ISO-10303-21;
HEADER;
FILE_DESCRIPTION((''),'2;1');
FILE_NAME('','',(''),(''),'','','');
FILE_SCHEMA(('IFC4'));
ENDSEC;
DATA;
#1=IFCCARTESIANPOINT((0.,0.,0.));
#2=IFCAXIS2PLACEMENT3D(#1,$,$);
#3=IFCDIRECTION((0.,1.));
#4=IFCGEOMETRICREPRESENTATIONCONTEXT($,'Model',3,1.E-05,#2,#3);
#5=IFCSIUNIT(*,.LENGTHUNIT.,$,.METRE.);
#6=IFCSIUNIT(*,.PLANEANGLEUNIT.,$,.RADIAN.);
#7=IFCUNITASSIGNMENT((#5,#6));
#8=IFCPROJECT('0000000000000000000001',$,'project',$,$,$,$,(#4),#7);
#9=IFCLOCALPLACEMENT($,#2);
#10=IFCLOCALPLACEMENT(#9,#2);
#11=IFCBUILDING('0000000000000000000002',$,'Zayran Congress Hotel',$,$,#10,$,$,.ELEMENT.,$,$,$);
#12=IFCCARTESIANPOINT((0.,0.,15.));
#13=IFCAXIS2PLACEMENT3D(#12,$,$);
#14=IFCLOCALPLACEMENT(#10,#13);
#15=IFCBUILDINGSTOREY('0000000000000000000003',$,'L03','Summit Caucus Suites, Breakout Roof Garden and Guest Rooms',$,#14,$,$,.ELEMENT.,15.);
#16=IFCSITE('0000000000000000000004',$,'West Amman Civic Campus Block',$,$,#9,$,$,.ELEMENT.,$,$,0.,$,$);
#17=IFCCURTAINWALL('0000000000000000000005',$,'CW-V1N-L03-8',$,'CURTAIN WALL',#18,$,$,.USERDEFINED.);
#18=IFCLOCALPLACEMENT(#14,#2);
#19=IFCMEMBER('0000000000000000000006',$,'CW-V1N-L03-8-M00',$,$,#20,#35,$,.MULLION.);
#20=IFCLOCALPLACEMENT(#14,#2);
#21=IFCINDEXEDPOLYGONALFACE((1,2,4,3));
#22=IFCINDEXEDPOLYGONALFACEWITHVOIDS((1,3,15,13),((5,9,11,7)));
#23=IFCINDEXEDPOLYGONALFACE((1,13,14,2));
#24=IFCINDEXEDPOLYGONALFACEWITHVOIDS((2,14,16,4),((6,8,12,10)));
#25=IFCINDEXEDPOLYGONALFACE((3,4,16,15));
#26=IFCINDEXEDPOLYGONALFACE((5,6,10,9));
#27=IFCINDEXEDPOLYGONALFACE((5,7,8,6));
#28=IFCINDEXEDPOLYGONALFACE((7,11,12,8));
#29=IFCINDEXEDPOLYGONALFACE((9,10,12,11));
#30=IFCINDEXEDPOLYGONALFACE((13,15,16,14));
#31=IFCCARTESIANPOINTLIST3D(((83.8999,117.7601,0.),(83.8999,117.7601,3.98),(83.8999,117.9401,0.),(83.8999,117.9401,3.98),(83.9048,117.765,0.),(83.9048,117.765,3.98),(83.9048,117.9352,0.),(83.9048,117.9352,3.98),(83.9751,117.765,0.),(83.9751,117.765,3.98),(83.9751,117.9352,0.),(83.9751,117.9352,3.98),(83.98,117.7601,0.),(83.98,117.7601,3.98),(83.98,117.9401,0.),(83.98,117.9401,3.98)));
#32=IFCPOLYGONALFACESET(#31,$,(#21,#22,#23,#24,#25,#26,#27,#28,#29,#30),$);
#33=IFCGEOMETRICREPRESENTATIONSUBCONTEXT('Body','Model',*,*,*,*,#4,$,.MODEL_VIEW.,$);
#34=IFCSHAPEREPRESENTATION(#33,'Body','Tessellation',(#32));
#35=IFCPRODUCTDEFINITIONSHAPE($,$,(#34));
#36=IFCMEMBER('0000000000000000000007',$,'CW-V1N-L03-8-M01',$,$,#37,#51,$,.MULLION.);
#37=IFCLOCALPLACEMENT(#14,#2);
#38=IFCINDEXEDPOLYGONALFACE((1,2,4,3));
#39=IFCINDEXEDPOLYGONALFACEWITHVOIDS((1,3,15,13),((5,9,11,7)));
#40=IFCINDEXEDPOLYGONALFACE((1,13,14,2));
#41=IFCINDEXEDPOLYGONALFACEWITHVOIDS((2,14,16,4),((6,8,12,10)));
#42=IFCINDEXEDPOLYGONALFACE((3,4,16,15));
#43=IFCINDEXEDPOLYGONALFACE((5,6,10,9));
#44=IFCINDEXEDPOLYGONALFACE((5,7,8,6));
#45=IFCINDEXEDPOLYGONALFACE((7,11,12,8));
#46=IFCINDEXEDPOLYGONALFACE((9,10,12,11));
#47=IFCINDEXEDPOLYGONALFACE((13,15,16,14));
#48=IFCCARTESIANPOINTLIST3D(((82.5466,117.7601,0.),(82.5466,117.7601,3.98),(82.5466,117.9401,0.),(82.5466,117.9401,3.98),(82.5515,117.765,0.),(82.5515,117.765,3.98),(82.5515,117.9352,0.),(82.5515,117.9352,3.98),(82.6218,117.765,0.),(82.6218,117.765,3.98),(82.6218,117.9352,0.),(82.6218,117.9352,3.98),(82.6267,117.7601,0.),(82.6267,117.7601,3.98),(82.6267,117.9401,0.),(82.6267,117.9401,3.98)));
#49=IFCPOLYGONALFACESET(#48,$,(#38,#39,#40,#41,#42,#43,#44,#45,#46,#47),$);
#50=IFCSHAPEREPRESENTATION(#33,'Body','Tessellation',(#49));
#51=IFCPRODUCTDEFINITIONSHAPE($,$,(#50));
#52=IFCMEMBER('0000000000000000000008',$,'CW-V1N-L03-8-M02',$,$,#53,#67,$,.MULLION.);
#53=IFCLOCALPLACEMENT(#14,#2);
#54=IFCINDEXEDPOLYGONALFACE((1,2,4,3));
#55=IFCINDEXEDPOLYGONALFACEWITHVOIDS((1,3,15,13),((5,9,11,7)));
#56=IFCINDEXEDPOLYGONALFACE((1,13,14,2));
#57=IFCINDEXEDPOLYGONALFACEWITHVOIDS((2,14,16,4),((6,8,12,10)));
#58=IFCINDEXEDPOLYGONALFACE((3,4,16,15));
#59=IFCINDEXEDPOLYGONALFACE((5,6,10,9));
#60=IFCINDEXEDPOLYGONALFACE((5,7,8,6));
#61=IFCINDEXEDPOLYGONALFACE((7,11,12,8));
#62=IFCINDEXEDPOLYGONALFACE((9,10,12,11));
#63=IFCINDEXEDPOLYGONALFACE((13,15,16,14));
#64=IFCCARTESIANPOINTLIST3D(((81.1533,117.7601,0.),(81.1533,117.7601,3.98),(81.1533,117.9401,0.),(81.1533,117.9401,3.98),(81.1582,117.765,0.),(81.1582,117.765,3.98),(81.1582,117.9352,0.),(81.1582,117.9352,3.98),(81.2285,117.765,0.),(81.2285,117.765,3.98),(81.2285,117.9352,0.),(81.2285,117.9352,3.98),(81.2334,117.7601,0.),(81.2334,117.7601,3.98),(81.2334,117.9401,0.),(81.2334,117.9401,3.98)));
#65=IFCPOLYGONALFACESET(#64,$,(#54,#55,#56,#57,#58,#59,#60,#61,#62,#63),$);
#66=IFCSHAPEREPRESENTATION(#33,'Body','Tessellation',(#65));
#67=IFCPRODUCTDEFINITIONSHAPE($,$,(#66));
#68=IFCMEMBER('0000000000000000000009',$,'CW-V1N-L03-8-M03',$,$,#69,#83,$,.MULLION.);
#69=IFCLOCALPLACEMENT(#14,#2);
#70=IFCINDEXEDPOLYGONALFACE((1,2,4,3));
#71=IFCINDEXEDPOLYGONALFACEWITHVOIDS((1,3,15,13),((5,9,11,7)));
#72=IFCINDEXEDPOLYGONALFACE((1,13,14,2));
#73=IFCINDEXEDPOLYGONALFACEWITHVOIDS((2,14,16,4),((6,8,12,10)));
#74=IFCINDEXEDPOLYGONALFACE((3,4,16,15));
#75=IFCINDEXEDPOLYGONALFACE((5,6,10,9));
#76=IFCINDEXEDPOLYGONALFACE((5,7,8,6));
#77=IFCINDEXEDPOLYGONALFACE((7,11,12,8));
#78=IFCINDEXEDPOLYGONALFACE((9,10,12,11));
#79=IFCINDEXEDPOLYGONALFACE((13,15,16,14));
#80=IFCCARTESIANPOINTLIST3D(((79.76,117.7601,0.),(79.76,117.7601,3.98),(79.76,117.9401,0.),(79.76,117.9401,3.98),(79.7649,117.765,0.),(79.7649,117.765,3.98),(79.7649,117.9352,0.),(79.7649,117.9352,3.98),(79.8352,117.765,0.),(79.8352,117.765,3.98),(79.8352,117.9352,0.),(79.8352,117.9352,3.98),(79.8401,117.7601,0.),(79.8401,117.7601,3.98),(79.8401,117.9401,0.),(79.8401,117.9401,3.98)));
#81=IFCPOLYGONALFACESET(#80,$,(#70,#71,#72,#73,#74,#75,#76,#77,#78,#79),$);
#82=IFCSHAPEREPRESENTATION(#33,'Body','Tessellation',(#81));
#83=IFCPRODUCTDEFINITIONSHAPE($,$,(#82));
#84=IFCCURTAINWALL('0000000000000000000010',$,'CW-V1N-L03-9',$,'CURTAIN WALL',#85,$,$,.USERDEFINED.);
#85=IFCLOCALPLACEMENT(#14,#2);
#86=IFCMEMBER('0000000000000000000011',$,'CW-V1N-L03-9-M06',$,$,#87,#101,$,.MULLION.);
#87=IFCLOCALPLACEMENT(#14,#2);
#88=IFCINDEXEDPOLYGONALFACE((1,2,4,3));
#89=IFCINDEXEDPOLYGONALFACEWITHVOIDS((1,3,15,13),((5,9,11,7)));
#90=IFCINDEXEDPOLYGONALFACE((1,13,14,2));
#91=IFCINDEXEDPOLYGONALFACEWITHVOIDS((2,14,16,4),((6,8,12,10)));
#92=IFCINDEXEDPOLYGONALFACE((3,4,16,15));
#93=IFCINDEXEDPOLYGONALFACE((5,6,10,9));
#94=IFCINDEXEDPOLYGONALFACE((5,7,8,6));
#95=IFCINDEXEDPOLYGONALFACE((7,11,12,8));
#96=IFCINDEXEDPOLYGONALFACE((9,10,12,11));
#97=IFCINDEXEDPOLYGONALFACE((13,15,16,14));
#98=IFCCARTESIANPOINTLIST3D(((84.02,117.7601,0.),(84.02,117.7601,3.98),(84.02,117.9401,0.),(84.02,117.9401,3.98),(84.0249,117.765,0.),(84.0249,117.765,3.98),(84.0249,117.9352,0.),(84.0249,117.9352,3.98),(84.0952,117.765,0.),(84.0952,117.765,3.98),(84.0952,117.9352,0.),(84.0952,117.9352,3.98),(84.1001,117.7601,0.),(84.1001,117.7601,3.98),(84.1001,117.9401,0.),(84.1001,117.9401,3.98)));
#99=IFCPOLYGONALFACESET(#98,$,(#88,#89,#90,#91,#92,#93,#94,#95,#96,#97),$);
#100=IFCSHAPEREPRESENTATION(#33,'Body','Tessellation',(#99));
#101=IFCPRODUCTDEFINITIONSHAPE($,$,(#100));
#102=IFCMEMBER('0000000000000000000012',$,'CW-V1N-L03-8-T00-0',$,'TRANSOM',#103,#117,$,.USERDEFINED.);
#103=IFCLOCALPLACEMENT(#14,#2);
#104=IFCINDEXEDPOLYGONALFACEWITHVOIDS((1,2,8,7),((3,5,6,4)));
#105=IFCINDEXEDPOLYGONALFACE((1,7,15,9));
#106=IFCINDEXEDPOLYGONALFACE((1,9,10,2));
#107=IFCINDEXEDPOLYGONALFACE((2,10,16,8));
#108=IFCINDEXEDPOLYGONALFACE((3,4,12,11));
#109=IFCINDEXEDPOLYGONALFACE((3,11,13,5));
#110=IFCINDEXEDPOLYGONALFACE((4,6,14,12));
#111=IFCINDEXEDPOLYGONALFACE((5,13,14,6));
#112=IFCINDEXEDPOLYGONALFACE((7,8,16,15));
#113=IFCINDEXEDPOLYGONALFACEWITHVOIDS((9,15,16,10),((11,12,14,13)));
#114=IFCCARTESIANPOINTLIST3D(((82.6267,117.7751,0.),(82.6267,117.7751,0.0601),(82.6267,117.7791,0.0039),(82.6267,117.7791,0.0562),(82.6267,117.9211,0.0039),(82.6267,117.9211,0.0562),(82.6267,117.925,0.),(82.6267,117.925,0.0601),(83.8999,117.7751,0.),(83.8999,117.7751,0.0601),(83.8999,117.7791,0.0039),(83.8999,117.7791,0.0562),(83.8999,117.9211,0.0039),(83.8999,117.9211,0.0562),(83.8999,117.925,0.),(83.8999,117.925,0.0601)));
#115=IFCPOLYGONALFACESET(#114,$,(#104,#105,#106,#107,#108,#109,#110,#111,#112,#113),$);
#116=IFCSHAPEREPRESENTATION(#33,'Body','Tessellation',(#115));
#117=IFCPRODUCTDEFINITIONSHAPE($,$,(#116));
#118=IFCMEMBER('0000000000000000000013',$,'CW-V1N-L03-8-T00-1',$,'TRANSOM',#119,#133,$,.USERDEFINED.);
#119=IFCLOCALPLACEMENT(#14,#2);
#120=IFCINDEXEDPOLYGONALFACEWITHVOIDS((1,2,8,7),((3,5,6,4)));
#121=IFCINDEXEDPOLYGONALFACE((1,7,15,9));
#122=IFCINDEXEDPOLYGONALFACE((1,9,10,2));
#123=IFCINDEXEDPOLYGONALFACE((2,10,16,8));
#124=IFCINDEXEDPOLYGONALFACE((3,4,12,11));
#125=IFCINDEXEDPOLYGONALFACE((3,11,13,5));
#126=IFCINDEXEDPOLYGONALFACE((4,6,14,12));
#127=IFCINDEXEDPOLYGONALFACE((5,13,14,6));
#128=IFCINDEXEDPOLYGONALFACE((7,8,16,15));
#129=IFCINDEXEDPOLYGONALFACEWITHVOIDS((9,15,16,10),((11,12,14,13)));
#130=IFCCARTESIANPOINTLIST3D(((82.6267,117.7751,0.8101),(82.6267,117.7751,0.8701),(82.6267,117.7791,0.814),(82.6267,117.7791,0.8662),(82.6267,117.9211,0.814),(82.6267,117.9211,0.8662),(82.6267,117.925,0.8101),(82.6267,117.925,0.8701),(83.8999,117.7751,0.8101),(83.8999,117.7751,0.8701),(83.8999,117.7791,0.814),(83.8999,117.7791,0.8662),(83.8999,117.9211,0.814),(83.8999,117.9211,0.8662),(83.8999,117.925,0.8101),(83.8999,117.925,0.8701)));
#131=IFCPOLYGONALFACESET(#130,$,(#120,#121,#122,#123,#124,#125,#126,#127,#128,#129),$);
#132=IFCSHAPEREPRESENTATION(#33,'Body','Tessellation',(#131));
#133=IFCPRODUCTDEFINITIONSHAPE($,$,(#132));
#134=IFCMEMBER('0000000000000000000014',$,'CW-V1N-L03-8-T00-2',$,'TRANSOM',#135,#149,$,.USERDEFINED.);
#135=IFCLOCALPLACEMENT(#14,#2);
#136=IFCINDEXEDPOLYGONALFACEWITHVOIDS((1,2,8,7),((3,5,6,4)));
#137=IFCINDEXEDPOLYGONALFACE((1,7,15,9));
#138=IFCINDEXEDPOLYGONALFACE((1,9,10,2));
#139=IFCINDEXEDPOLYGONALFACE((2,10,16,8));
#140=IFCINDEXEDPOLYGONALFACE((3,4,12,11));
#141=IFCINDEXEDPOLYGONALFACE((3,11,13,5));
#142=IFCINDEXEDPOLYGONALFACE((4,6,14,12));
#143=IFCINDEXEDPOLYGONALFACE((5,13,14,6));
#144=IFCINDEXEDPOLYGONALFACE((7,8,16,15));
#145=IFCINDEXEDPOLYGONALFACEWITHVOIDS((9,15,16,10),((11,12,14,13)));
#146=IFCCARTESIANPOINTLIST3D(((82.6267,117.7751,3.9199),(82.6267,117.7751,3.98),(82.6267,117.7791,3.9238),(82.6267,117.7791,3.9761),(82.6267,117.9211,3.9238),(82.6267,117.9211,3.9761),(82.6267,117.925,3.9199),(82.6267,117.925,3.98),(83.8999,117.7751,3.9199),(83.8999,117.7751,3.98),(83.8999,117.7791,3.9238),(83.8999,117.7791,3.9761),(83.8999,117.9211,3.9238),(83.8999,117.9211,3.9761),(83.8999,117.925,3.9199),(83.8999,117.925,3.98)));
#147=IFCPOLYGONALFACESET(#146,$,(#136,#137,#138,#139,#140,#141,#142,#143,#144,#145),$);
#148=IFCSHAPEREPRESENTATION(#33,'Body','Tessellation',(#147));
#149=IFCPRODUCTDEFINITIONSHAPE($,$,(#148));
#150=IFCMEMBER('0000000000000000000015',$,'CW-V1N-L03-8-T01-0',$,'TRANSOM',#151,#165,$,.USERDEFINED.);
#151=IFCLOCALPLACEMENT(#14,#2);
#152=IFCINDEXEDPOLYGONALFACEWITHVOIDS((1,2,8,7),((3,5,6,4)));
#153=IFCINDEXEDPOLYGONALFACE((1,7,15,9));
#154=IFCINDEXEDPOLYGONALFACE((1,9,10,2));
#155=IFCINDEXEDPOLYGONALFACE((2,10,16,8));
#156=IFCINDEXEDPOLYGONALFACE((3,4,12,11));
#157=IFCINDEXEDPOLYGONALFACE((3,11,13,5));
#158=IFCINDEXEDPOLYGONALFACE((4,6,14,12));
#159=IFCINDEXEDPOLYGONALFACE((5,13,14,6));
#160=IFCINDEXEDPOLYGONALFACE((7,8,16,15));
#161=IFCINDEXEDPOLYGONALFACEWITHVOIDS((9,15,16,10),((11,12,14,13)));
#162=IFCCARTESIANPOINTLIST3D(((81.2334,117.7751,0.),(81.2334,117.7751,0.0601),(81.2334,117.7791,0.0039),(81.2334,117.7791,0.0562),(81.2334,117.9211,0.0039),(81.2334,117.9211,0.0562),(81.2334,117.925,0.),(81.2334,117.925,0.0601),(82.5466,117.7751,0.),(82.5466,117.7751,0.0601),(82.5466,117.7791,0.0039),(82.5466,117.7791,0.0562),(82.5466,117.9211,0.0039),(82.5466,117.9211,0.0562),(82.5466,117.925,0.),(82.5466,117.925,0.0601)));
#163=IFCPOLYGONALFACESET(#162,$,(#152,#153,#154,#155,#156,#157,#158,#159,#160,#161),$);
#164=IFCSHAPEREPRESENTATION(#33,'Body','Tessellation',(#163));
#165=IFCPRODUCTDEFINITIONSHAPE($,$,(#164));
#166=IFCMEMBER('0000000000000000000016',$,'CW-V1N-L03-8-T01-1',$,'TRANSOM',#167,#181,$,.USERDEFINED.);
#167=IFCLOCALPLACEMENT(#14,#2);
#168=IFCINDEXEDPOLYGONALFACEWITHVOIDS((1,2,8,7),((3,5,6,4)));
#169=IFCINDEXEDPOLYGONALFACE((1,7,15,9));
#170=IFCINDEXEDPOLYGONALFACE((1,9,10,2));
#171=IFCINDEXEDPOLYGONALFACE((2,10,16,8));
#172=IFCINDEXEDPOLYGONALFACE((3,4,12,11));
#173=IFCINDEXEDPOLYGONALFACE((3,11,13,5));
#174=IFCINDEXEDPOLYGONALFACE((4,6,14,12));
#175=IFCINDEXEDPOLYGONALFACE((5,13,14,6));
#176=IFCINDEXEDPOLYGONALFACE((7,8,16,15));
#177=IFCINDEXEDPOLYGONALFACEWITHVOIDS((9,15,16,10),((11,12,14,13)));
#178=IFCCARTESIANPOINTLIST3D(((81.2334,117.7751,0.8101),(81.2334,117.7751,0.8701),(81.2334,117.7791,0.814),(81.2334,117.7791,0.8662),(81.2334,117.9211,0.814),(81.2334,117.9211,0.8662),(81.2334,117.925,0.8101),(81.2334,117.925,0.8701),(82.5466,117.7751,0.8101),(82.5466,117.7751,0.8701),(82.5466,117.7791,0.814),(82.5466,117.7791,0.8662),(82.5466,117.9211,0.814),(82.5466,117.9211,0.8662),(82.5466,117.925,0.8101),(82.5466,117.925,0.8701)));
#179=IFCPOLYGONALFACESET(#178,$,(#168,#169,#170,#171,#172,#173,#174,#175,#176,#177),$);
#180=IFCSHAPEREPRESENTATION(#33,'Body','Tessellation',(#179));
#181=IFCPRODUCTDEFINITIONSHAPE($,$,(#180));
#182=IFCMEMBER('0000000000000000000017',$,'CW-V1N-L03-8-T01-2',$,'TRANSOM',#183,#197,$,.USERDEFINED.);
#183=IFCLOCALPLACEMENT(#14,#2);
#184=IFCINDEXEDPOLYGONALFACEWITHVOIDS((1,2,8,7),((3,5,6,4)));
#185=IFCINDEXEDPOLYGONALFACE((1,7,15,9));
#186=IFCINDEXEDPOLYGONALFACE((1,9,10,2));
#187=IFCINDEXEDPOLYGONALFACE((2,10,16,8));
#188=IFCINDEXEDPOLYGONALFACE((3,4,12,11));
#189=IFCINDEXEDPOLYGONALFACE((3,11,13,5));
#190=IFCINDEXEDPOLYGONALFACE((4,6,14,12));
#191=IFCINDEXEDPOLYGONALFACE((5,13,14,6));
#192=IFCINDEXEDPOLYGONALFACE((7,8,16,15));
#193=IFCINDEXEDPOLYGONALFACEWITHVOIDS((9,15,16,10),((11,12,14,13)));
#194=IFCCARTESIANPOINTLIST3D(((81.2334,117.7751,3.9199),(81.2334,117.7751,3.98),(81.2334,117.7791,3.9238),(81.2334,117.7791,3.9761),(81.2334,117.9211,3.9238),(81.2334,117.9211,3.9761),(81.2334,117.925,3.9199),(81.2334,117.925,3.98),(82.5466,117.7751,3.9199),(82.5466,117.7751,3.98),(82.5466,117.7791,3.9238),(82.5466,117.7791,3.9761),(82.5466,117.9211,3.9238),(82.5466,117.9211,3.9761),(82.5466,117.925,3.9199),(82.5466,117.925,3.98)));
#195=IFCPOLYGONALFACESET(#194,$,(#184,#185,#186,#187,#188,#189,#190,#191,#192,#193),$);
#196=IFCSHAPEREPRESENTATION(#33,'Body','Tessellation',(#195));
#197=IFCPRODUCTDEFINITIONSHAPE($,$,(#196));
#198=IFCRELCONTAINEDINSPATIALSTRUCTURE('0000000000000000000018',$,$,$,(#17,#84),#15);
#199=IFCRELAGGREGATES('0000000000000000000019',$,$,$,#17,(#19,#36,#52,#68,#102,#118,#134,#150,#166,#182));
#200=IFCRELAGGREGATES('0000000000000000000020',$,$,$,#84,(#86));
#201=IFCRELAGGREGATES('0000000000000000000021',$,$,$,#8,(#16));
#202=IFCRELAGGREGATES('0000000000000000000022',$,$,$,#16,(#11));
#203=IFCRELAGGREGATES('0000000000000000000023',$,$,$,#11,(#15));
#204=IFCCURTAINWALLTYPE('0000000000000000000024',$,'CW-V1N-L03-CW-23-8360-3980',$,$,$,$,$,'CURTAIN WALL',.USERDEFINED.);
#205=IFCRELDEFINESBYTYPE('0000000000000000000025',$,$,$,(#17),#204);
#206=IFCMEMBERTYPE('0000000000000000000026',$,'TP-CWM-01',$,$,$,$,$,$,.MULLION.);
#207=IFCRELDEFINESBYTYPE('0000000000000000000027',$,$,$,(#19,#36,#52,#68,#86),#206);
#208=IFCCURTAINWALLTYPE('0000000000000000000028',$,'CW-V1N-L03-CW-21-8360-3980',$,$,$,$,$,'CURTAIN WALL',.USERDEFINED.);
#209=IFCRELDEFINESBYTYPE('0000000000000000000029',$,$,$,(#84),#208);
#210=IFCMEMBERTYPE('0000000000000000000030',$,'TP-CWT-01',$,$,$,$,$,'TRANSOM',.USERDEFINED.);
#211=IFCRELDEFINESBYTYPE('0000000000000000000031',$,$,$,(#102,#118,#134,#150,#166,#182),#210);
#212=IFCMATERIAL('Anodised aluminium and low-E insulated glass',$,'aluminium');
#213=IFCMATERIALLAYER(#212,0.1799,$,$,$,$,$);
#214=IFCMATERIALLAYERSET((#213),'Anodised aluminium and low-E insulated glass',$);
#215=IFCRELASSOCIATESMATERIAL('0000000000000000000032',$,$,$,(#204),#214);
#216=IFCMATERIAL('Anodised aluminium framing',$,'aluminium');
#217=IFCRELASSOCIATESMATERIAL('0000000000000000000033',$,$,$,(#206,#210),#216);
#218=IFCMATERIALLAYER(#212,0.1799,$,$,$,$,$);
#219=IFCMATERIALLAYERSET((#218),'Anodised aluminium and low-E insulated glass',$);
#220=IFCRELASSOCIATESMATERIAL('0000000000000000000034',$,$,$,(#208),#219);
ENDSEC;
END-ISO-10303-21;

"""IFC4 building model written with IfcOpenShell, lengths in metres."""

from ifc_helpers import new_model, si_unit, direction, frame, origin, origin_2d, place, context, subcontext, project, spatial, hollow_rectangle, extrude, material, layer, layer_set, material_profile, profile_set, type_object, element, aggregate, save


model = new_model("IFC4")

# Units and contexts
model_context = context("Model", 3, precision=1e-05, world=origin(), true_north=direction((0.0, 1.0)))
body_context = subcontext(model_context, "Body", "Model", "MODEL_VIEW")
ifc_project = project(units=[si_unit("LENGTHUNIT", "METRE"), si_unit("PLANEANGLEUNIT", "RADIAN")], contexts=[model_context])

# Site, building, storey
site_placement = place(None, origin())
site = spatial("IfcSite", under=ifc_project, at=site_placement, Name="West Amman Civic Campus Block", CompositionType="ELEMENT", RefElevation=0.0)
building_placement = place(site_placement, origin())
building = spatial("IfcBuilding", under=site, at=building_placement, Name="Zayran Congress Hotel", CompositionType="ELEMENT")
storey_placement = place(building_placement, frame((0.0, 0.0, 15.0)))
storey = spatial("IfcBuildingStorey", under=building, at=storey_placement, Name="L03", Description="Summit Caucus Suites, Breakout Roof Garden and Guest Rooms", CompositionType="ELEMENT", Elevation=15.0)

# Curtain wall, members
ifc_material_1 = material(Name="Anodised aluminium and low-E insulated glass", Category="aluminium")
ifc_layer_1 = layer(ifc_material_1, 0.1799)
ifc_layer_set_1 = layer_set([ifc_layer_1], Name="Anodised aluminium and low-E insulated glass")
curtain_wall_type_1 = type_object("IfcCurtainWallType", Name="CW-V1N-L03-CW-23-8360-3980", ElementType="CURTAIN WALL", PredefinedType="USERDEFINED", material=ifc_layer_set_1)
curtain_wall_1_placement = place(storey_placement, origin())
curtain_wall_1 = element("IfcCurtainWall", 1, at=curtain_wall_1_placement, inside=storey, type_object=curtain_wall_type_1, Name="CW-V1N-L03-8", ObjectType="CURTAIN WALL", PredefinedType="USERDEFINED")
ifc_material_2 = material(Name="Anodised aluminium framing", Category="aluminium")
ifc_material_profile_1 = material_profile(ifc_material_2, hollow_rectangle(XDim=0.0801, YDim=0.1799, WallThickness=0.0049, at=origin_2d()), Name="RHS 180x80x5")
ifc_profile_set_1 = profile_set([ifc_material_profile_1], Name="Anodised aluminium framing")
member_type_1 = type_object("IfcMemberType", Name="TP-CWM-01", PredefinedType="MULLION", material=ifc_profile_set_1)
member_1_placement = place(storey_placement, frame((83.9399, 117.8501, 0.0), z_axis=(0.0, 0.0, 1.0), x_axis=(1.0, 0.0, 0.0)))
member_1 = element("IfcMember", 2, at=member_1_placement, type_object=member_type_1, Name="CW-V1N-L03-8-M00", PredefinedType="MULLION", context=body_context, shape_type="SweptSolid", body=[
    extrude(hollow_rectangle(XDim=0.0801, YDim=0.1799, WallThickness=0.0049, at=origin_2d()), origin(), (0.0, 0.0, 1.0), 3.98),
])
member_2_placement = place(storey_placement, frame((82.5867, 117.8501, 0.0), z_axis=(0.0, 0.0, 1.0), x_axis=(1.0, 0.0, 0.0)))
member_2 = element("IfcMember", 3, at=member_2_placement, type_object=member_type_1, Name="CW-V1N-L03-8-M01", PredefinedType="MULLION", context=body_context, shape_type="SweptSolid", body=[
    extrude(hollow_rectangle(XDim=0.0801, YDim=0.1799, WallThickness=0.0049, at=origin_2d()), origin(), (0.0, 0.0, 1.0), 3.98),
])
member_3_placement = place(storey_placement, frame((81.1934, 117.8501, 0.0), z_axis=(0.0, 0.0, 1.0), x_axis=(1.0, 0.0, 0.0)))
member_3 = element("IfcMember", 4, at=member_3_placement, type_object=member_type_1, Name="CW-V1N-L03-8-M02", PredefinedType="MULLION", context=body_context, shape_type="SweptSolid", body=[
    extrude(hollow_rectangle(XDim=0.0801, YDim=0.1799, WallThickness=0.0049, at=origin_2d()), origin(), (0.0, 0.0, 1.0), 3.98),
])
member_4_placement = place(storey_placement, frame((79.8, 117.8501, 0.0), z_axis=(0.0, 0.0, 1.0), x_axis=(1.0, 0.0, 0.0)))
member_4 = element("IfcMember", 5, at=member_4_placement, type_object=member_type_1, Name="CW-V1N-L03-8-M03", PredefinedType="MULLION", context=body_context, shape_type="SweptSolid", body=[
    extrude(hollow_rectangle(XDim=0.0801, YDim=0.1799, WallThickness=0.0049, at=origin_2d()), origin(), (0.0, 0.0, 1.0), 3.98),
])

# Curtain wall, member
ifc_layer_2 = layer(ifc_material_1, 0.1799)
ifc_layer_set_2 = layer_set([ifc_layer_2], Name="Anodised aluminium and low-E insulated glass")
curtain_wall_type_2 = type_object("IfcCurtainWallType", Name="CW-V1N-L03-CW-21-8360-3980", ElementType="CURTAIN WALL", PredefinedType="USERDEFINED", material=ifc_layer_set_2)
curtain_wall_2_placement = place(storey_placement, origin())
curtain_wall_2 = element("IfcCurtainWall", 6, at=curtain_wall_2_placement, inside=storey, type_object=curtain_wall_type_2, Name="CW-V1N-L03-9", ObjectType="CURTAIN WALL", PredefinedType="USERDEFINED")
member_5_placement = place(storey_placement, frame((84.0601, 117.8501, 0.0), z_axis=(0.0, 0.0, 1.0), x_axis=(1.0, 0.0, 0.0)))
member_5 = element("IfcMember", 7, at=member_5_placement, type_object=member_type_1, Name="CW-V1N-L03-9-M06", PredefinedType="MULLION", context=body_context, shape_type="SweptSolid", body=[
    extrude(hollow_rectangle(XDim=0.0801, YDim=0.1799, WallThickness=0.0049, at=origin_2d()), origin(), (0.0, 0.0, 1.0), 3.98),
])

# Members
ifc_material_profile_2 = material_profile(ifc_material_2, hollow_rectangle(XDim=0.0601, YDim=0.1499, WallThickness=0.0039, at=origin_2d()), Name="RHS 150x60x4")
ifc_profile_set_2 = profile_set([ifc_material_profile_2], Name="Anodised aluminium framing")
member_type_2 = type_object("IfcMemberType", Name="TP-CWT-01", ElementType="TRANSOM", PredefinedType="USERDEFINED", material=ifc_profile_set_2)
member_6_placement = place(storey_placement, frame((83.8999, 117.8501, 0.03), z_axis=(-1.0, 0.0, 0.0), x_axis=(0.0, 0.0, 1.0)))
member_6 = element("IfcMember", 8, at=member_6_placement, type_object=member_type_2, Name="CW-V1N-L03-8-T00-0", ObjectType="TRANSOM", PredefinedType="USERDEFINED", context=body_context, shape_type="SweptSolid", body=[
    extrude(hollow_rectangle(XDim=0.0601, YDim=0.1499, WallThickness=0.0039, at=origin_2d()), origin(), (0.0, 0.0, 1.0), 1.2732),
])
member_7_placement = place(storey_placement, frame((83.8999, 117.8501, 0.8401), z_axis=(-1.0, 0.0, 0.0), x_axis=(0.0, 0.0, 1.0)))
member_7 = element("IfcMember", 9, at=member_7_placement, type_object=member_type_2, Name="CW-V1N-L03-8-T00-1", ObjectType="TRANSOM", PredefinedType="USERDEFINED", context=body_context, shape_type="SweptSolid", body=[
    extrude(hollow_rectangle(XDim=0.0601, YDim=0.1499, WallThickness=0.0039, at=origin_2d()), origin(), (0.0, 0.0, 1.0), 1.2732),
])
member_8_placement = place(storey_placement, frame((83.8999, 117.8501, 3.95), z_axis=(-1.0, 0.0, 0.0), x_axis=(0.0, 0.0, 1.0)))
member_8 = element("IfcMember", 10, at=member_8_placement, type_object=member_type_2, Name="CW-V1N-L03-8-T00-2", ObjectType="TRANSOM", PredefinedType="USERDEFINED", context=body_context, shape_type="SweptSolid", body=[
    extrude(hollow_rectangle(XDim=0.0601, YDim=0.1499, WallThickness=0.0039, at=origin_2d()), origin(), (0.0, 0.0, 1.0), 1.2732),
])
member_9_placement = place(storey_placement, frame((82.5466, 117.8501, 0.03), z_axis=(-1.0, 0.0, 0.0), x_axis=(0.0, 0.0, 1.0)))
member_9 = element("IfcMember", 11, at=member_9_placement, type_object=member_type_2, Name="CW-V1N-L03-8-T01-0", ObjectType="TRANSOM", PredefinedType="USERDEFINED", context=body_context, shape_type="SweptSolid", body=[
    extrude(hollow_rectangle(XDim=0.0601, YDim=0.1499, WallThickness=0.0039, at=origin_2d()), origin(), (0.0, 0.0, 1.0), 1.3132),
])
member_10_placement = place(storey_placement, frame((82.5466, 117.8501, 0.8401), z_axis=(-1.0, 0.0, 0.0), x_axis=(0.0, 0.0, 1.0)))
member_10 = element("IfcMember", 12, at=member_10_placement, type_object=member_type_2, Name="CW-V1N-L03-8-T01-1", ObjectType="TRANSOM", PredefinedType="USERDEFINED", context=body_context, shape_type="SweptSolid", body=[
    extrude(hollow_rectangle(XDim=0.0601, YDim=0.1499, WallThickness=0.0039, at=origin_2d()), origin(), (0.0, 0.0, 1.0), 1.3132),
])
member_11_placement = place(storey_placement, frame((82.5466, 117.8501, 3.95), z_axis=(-1.0, 0.0, 0.0), x_axis=(0.0, 0.0, 1.0)))
member_11 = element("IfcMember", 13, at=member_11_placement, type_object=member_type_2, Name="CW-V1N-L03-8-T01-2", ObjectType="TRANSOM", PredefinedType="USERDEFINED", context=body_context, shape_type="SweptSolid", body=[
    extrude(hollow_rectangle(XDim=0.0601, YDim=0.1499, WallThickness=0.0039, at=origin_2d()), origin(), (0.0, 0.0, 1.0), 1.3132),
])

aggregate(curtain_wall_1, [member_1, member_2, member_3, member_4, member_6, member_7, member_8, member_9, member_10, member_11])
aggregate(curtain_wall_2, [member_5])

save(model, "model.ifc")
